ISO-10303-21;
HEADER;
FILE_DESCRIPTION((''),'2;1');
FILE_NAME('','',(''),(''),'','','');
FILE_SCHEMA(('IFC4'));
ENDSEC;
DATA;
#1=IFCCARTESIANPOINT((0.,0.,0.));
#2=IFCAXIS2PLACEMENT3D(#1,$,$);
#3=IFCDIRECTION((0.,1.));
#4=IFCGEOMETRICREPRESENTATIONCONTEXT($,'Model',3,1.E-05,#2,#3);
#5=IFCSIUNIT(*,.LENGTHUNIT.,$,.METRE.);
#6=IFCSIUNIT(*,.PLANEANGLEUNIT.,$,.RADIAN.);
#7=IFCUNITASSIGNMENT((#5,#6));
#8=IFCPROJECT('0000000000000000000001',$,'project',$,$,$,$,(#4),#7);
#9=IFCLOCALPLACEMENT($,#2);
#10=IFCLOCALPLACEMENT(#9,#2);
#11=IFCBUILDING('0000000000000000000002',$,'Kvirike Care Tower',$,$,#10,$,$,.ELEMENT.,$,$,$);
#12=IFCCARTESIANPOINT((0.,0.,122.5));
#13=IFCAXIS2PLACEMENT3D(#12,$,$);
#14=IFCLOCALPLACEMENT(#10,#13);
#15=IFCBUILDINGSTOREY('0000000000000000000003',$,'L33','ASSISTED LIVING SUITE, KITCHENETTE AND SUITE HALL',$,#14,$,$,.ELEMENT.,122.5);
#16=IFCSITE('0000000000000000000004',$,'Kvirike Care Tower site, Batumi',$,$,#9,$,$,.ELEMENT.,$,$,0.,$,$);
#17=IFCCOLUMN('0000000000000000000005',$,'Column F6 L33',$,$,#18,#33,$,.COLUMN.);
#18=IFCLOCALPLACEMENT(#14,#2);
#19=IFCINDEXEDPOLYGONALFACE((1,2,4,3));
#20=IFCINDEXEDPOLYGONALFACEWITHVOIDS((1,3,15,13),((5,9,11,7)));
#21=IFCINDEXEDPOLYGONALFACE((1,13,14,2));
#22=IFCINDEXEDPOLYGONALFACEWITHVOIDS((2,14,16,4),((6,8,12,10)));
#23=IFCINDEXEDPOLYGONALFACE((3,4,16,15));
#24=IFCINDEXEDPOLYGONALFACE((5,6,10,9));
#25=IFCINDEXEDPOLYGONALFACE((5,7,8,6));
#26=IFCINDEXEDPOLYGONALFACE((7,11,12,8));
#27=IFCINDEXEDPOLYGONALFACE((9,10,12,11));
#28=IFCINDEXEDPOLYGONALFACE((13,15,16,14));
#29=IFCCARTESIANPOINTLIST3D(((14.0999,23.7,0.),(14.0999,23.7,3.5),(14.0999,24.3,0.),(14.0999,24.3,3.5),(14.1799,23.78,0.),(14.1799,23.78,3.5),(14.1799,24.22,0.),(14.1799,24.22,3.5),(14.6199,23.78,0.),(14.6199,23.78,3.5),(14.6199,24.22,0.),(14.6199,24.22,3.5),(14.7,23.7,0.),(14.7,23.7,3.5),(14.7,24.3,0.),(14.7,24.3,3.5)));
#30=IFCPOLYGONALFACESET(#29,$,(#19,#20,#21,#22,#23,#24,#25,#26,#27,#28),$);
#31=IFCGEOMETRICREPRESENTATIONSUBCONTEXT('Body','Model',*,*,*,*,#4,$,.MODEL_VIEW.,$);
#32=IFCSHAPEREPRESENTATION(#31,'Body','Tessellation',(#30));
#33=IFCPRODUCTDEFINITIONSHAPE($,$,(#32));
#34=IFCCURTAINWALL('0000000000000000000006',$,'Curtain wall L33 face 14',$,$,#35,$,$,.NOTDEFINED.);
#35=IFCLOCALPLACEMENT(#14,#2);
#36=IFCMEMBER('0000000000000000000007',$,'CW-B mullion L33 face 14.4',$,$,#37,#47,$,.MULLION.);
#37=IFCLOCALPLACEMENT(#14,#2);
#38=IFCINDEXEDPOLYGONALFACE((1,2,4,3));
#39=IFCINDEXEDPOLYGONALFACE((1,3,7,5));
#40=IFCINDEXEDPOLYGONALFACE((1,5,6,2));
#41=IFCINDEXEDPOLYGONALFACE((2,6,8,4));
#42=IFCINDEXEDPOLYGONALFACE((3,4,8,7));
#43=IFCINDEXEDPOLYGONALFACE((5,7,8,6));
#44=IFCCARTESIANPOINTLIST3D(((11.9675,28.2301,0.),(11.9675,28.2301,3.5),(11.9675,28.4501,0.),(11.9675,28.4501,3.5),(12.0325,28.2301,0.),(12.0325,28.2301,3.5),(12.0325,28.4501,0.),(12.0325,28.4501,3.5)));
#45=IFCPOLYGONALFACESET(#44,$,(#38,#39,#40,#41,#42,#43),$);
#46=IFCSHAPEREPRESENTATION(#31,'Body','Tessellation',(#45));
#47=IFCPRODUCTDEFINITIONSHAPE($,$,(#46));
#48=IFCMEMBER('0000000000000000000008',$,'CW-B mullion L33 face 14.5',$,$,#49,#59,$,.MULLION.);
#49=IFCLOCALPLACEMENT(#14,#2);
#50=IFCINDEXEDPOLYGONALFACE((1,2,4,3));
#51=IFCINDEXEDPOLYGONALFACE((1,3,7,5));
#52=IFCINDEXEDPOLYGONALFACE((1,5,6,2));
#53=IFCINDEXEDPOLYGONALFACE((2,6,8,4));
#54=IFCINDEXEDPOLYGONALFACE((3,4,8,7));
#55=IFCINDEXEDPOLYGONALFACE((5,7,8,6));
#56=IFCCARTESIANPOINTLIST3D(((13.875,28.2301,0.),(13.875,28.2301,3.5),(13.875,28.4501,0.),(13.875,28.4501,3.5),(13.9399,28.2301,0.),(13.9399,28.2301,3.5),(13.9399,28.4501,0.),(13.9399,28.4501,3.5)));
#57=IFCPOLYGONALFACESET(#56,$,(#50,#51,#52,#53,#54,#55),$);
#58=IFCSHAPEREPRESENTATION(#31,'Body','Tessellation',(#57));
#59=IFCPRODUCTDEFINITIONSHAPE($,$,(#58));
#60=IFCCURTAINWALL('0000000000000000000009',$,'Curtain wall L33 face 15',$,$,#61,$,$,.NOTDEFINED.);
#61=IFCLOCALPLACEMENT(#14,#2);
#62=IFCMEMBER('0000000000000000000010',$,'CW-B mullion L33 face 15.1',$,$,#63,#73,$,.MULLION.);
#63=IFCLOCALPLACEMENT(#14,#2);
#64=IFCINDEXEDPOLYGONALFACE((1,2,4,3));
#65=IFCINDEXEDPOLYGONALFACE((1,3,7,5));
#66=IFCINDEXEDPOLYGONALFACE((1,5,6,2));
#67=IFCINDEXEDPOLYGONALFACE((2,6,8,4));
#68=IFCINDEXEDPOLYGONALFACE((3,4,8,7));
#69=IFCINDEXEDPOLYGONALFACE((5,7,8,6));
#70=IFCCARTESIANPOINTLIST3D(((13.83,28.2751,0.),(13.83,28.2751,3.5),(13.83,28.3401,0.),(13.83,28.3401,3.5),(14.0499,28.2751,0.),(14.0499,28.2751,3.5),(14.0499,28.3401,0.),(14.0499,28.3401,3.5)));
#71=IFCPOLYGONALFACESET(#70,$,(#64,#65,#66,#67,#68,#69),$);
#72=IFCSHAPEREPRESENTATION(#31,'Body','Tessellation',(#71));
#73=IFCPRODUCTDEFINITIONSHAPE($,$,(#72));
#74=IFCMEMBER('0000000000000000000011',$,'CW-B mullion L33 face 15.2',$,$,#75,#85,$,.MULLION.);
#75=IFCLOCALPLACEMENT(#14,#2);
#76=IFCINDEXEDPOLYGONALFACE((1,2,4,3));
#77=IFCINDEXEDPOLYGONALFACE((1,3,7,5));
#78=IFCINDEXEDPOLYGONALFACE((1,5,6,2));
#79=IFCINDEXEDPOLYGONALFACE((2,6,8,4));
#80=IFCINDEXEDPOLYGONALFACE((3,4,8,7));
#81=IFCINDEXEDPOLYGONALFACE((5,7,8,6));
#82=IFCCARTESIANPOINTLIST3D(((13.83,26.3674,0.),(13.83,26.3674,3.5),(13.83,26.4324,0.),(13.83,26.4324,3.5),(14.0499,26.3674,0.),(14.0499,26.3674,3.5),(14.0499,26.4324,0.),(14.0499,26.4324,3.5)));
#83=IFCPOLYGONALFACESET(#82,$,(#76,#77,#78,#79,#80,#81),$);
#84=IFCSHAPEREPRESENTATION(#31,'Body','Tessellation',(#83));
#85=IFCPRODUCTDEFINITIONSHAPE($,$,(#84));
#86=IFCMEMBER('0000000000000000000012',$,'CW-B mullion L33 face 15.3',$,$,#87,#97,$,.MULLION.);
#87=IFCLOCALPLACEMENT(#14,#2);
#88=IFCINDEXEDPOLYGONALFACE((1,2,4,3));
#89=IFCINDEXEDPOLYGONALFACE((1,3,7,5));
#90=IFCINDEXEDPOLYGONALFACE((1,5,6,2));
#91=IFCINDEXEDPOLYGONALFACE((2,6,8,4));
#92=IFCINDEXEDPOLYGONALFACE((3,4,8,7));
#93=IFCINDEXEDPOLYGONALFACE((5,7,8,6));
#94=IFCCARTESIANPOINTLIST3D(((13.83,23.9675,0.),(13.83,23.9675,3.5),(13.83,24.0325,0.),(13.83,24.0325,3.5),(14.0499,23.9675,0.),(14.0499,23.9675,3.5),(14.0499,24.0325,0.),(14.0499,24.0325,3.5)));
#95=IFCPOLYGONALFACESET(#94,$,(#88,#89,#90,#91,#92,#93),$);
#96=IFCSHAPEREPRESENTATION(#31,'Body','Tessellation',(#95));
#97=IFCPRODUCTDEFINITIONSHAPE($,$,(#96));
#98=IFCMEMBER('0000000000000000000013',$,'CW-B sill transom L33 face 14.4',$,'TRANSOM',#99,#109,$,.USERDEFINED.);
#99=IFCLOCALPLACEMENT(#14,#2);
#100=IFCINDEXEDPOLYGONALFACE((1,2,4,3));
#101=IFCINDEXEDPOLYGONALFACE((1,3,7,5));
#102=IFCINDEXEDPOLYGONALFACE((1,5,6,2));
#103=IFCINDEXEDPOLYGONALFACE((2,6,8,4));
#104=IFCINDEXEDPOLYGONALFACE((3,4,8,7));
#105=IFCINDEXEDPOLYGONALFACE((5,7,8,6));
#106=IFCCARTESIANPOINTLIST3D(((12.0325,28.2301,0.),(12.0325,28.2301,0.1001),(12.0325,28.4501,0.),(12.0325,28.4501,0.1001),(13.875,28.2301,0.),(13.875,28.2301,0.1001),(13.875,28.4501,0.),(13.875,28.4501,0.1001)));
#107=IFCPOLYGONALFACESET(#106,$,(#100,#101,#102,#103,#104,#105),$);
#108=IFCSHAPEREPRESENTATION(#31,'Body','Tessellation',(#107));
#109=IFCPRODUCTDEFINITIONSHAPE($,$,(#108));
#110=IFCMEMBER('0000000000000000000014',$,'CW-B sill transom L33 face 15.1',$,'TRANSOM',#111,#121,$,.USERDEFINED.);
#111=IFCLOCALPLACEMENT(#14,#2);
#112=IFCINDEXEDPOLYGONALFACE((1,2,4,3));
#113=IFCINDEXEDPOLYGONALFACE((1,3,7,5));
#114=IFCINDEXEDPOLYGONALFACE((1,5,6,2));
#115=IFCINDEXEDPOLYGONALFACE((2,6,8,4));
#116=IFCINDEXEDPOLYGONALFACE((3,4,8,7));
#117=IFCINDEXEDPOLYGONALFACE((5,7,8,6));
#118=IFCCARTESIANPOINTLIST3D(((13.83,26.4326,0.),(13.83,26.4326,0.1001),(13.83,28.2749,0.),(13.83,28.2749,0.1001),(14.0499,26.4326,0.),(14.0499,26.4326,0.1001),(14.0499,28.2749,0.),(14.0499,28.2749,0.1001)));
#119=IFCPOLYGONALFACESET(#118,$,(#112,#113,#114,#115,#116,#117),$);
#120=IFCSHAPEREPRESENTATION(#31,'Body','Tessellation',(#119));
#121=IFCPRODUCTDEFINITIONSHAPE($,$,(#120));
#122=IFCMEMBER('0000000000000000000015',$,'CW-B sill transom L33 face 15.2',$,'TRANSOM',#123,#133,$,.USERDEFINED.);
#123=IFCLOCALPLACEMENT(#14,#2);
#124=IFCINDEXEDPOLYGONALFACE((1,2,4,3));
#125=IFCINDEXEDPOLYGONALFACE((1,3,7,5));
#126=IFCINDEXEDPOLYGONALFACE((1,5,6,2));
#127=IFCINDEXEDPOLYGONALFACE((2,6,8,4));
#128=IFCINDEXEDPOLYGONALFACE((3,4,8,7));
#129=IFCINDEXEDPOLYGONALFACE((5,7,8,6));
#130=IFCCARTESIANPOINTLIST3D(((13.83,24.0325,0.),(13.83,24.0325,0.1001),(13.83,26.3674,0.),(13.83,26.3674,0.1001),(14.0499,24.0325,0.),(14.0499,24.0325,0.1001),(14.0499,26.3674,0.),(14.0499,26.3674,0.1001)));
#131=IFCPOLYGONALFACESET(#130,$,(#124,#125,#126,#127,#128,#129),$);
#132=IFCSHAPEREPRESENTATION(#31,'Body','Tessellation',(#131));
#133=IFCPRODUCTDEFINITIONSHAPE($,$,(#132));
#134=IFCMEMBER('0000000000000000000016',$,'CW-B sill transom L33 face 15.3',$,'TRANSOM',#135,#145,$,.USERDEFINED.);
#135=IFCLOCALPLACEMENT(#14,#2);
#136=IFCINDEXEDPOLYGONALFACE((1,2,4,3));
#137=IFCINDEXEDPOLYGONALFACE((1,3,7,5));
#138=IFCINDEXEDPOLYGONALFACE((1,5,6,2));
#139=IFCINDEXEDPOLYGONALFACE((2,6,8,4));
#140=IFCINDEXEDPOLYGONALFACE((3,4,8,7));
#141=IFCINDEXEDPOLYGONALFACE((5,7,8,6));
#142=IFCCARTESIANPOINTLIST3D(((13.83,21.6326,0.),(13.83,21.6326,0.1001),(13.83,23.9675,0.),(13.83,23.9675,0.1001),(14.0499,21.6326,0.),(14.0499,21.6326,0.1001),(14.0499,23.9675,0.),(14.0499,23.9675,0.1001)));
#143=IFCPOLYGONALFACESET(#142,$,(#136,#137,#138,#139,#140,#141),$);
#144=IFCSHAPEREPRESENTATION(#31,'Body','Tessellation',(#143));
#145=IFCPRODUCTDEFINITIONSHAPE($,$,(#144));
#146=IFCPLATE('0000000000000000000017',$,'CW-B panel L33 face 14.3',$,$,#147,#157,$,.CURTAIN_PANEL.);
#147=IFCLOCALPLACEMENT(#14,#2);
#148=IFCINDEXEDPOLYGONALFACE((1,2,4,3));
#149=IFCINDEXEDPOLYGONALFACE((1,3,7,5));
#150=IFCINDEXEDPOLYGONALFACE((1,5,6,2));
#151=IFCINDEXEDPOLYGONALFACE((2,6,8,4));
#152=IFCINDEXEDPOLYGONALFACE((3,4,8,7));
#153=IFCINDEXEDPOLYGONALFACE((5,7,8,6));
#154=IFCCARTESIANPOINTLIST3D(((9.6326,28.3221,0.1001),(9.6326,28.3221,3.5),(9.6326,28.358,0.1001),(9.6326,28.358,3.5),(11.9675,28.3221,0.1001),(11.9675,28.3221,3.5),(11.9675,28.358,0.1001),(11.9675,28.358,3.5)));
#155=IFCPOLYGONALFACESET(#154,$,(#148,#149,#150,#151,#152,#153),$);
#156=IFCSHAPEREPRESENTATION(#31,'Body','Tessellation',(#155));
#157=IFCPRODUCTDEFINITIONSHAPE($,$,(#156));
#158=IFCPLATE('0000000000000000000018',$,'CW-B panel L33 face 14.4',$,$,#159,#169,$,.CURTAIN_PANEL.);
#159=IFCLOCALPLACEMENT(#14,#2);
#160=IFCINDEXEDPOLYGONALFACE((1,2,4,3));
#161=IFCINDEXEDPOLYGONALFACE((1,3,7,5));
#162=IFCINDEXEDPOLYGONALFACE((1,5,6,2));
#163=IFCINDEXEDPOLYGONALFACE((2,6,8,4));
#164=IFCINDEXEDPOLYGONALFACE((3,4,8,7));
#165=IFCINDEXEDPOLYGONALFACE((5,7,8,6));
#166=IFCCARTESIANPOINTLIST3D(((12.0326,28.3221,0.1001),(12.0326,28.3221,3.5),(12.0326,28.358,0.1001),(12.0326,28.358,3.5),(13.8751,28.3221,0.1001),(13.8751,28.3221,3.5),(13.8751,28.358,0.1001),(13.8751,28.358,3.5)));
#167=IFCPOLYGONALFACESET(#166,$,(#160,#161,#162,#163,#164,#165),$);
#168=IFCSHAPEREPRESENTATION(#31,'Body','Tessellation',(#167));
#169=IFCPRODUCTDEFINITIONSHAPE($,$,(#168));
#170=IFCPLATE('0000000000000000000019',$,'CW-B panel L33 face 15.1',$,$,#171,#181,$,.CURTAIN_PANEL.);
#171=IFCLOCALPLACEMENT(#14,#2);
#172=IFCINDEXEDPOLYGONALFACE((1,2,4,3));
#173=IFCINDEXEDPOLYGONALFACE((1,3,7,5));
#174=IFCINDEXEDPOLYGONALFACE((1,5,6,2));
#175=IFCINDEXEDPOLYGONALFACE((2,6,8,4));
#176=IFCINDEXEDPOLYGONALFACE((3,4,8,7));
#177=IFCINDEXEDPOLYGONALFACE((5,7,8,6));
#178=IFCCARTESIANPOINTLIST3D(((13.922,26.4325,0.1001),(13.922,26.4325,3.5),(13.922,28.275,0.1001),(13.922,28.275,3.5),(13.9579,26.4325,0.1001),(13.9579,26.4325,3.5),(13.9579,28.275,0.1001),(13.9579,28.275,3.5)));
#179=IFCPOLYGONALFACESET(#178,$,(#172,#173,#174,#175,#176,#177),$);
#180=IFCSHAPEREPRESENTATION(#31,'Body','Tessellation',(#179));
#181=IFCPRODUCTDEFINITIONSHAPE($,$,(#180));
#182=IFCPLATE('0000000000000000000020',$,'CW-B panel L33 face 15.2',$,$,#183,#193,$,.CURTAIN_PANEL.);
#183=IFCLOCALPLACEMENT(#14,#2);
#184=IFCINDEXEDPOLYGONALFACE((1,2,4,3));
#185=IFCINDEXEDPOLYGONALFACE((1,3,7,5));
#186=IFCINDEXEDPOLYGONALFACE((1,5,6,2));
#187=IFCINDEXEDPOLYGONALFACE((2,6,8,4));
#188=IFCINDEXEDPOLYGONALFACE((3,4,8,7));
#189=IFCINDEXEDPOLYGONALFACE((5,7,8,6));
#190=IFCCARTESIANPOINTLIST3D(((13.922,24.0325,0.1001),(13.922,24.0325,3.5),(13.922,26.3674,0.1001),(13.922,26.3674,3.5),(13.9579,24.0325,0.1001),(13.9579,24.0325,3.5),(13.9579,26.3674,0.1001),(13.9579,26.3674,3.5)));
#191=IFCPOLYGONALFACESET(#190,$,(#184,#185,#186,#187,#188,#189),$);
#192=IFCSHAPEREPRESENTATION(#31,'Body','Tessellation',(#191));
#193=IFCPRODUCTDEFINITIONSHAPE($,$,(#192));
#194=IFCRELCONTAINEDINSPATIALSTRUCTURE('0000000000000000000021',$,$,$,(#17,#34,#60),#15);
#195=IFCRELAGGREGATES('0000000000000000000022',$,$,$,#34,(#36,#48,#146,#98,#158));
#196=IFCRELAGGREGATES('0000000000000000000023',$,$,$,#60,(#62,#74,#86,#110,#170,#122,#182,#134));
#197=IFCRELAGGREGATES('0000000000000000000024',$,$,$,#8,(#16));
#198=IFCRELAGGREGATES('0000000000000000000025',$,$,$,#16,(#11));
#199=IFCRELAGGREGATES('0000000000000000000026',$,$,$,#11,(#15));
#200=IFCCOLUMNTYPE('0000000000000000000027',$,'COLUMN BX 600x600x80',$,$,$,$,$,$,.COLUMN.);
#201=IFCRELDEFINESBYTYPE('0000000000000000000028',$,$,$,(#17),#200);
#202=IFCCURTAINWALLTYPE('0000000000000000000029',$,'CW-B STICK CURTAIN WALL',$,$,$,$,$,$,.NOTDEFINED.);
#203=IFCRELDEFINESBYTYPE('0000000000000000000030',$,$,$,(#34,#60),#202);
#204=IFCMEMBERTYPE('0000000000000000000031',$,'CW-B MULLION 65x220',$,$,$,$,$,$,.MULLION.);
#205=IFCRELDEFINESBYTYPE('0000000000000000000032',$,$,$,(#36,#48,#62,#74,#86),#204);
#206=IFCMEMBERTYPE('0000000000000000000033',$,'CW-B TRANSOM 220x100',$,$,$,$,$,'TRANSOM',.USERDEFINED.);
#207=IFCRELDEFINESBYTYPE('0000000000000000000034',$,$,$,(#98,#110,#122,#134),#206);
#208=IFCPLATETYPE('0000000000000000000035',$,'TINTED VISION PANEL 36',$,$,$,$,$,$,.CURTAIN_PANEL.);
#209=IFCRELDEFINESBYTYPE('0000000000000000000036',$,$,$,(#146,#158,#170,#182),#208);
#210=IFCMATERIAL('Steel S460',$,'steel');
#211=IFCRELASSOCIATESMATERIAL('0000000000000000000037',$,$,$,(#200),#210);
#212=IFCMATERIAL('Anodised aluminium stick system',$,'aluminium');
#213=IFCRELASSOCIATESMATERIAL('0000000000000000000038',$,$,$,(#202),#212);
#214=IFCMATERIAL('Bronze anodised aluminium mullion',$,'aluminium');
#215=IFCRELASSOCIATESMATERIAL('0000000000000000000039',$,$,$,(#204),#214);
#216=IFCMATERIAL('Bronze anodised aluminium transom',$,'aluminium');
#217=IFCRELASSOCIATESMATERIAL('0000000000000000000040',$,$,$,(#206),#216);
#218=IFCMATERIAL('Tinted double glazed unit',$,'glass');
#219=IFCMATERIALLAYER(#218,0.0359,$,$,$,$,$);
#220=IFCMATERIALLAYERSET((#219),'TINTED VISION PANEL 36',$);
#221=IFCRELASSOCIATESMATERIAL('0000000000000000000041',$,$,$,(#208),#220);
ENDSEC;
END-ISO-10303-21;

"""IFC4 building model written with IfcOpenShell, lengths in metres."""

from ifc_helpers import new_model, si_unit, direction, frame, origin, origin_2d, place, context, subcontext, project, spatial, rectangle, hollow_rectangle, extrude, material, layer, layer_set, material_profile, profile_set, type_object, element, aggregate, save


model = new_model("IFC4")

# Units and contexts
model_context = context("Model", 3, precision=1e-05, world=origin(), true_north=direction((0.0, 1.0)))
body_context = subcontext(model_context, "Body", "Model", "MODEL_VIEW")
ifc_project = project(units=[si_unit("LENGTHUNIT", "METRE"), si_unit("PLANEANGLEUNIT", "RADIAN")], contexts=[model_context])

# Site, building, storey
site_placement = place(None, origin())
site = spatial("IfcSite", under=ifc_project, at=site_placement, Name="Kvirike Care Tower site, Batumi", CompositionType="ELEMENT", RefElevation=0.0)
building_placement = place(site_placement, origin())
building = spatial("IfcBuilding", under=site, at=building_placement, Name="Kvirike Care Tower", CompositionType="ELEMENT")
storey_placement = place(building_placement, frame((0.0, 0.0, 122.5)))
storey = spatial("IfcBuildingStorey", under=building, at=storey_placement, Name="L33", Description="ASSISTED LIVING SUITE, KITCHENETTE AND SUITE HALL", CompositionType="ELEMENT", Elevation=122.5)

# Column
ifc_material_1 = material(Name="Steel S460", Category="steel")
ifc_material_profile_1 = material_profile(ifc_material_1, hollow_rectangle(XDim=0.6001, YDim=0.6001, WallThickness=0.0801, at=origin_2d()), Name="BX 600x600x80")
ifc_profile_set_1 = profile_set([ifc_material_profile_1], Name="Steel S460")
column_type = type_object("IfcColumnType", Name="COLUMN BX 600x600x80", PredefinedType="COLUMN", material=ifc_profile_set_1)
column_placement = place(storey_placement, frame((14.3999, 24.0, 0.0), z_axis=(0.0, 0.0, 1.0), x_axis=(1.0, 0.0, 0.0)))
element("IfcColumn", 1, at=column_placement, inside=storey, type_object=column_type, Name="Column F6 L33", PredefinedType="COLUMN", context=body_context, shape_type="SweptSolid", body=[
    extrude(hollow_rectangle(XDim=0.6001, YDim=0.6001, WallThickness=0.0801, at=origin_2d()), origin(), (0.0, 0.0, 1.0), 3.5),
])

# Curtain walls, members
ifc_material_2 = material(Name="Anodised aluminium stick system", Category="aluminium")
curtain_wall_type = type_object("IfcCurtainWallType", Name="CW-B STICK CURTAIN WALL", PredefinedType="NOTDEFINED", material=ifc_material_2)
curtain_wall_1_placement = place(storey_placement, origin())
curtain_wall_1 = element("IfcCurtainWall", 2, at=curtain_wall_1_placement, inside=storey, type_object=curtain_wall_type, Name="Curtain wall L33 face 14", PredefinedType="NOTDEFINED")
ifc_material_3 = material(Name="Bronze anodised aluminium mullion", Category="aluminium")
ifc_material_profile_2 = material_profile(ifc_material_3, rectangle(XDim=0.0649, YDim=0.22, at=origin_2d()), Name="CW-B MULLION 65x220")
ifc_profile_set_2 = profile_set([ifc_material_profile_2], Name="Bronze anodised aluminium mullion")
member_type_1 = type_object("IfcMemberType", Name="CW-B MULLION 65x220", PredefinedType="MULLION", material=ifc_profile_set_2)
member_1_placement = place(storey_placement, frame((12.0, 28.3401, 0.0), z_axis=(0.0, 0.0, 1.0), x_axis=(1.0, 0.0, 0.0)))
member_1 = element("IfcMember", 3, at=member_1_placement, type_object=member_type_1, Name="CW-B mullion L33 face 14.4", PredefinedType="MULLION", context=body_context, shape_type="SweptSolid", body=[
    extrude(rectangle(XDim=0.0649, YDim=0.22, at=origin_2d()), origin(), (0.0, 0.0, 1.0), 3.5),
])
member_2_placement = place(storey_placement, frame((13.9075, 28.3401, 0.0), z_axis=(0.0, 0.0, 1.0), x_axis=(1.0, 0.0, 0.0)))
member_2 = element("IfcMember", 4, at=member_2_placement, type_object=member_type_1, Name="CW-B mullion L33 face 14.5", PredefinedType="MULLION", context=body_context, shape_type="SweptSolid", body=[
    extrude(rectangle(XDim=0.0649, YDim=0.22, at=origin_2d()), origin(), (0.0, 0.0, 1.0), 3.5),
])
curtain_wall_2_placement = place(storey_placement, origin())
curtain_wall_2 = element("IfcCurtainWall", 5, at=curtain_wall_2_placement, inside=storey, type_object=curtain_wall_type, Name="Curtain wall L33 face 15", PredefinedType="NOTDEFINED")
member_3_placement = place(storey_placement, frame((13.9399, 28.3076, 0.0), z_axis=(0.0, 0.0, 1.0), x_axis=(0.0, -1.0, 0.0)))
member_3 = element("IfcMember", 6, at=member_3_placement, type_object=member_type_1, Name="CW-B mullion L33 face 15.1", PredefinedType="MULLION", context=body_context, shape_type="SweptSolid", body=[
    extrude(rectangle(XDim=0.0649, YDim=0.22, at=origin_2d()), origin(), (0.0, 0.0, 1.0), 3.5),
])
member_4_placement = place(storey_placement, frame((13.9399, 26.3999, 0.0), z_axis=(0.0, 0.0, 1.0), x_axis=(0.0, -1.0, 0.0)))
member_4 = element("IfcMember", 7, at=member_4_placement, type_object=member_type_1, Name="CW-B mullion L33 face 15.2", PredefinedType="MULLION", context=body_context, shape_type="SweptSolid", body=[
    extrude(rectangle(XDim=0.0649, YDim=0.22, at=origin_2d()), origin(), (0.0, 0.0, 1.0), 3.5),
])
member_5_placement = place(storey_placement, frame((13.9399, 24.0, 0.0), z_axis=(0.0, 0.0, 1.0), x_axis=(0.0, -1.0, 0.0)))
member_5 = element("IfcMember", 8, at=member_5_placement, type_object=member_type_1, Name="CW-B mullion L33 face 15.3", PredefinedType="MULLION", context=body_context, shape_type="SweptSolid", body=[
    extrude(rectangle(XDim=0.0649, YDim=0.22, at=origin_2d()), origin(), (0.0, 0.0, 1.0), 3.5),
])

# Members
ifc_material_4 = material(Name="Bronze anodised aluminium transom", Category="aluminium")
ifc_material_profile_3 = material_profile(ifc_material_4, rectangle(XDim=0.22, YDim=0.1001, at=origin_2d()), Name="CW-B TRANSOM 220x100")
ifc_profile_set_3 = profile_set([ifc_material_profile_3], Name="Bronze anodised aluminium transom")
member_type_2 = type_object("IfcMemberType", Name="CW-B TRANSOM 220x100", ElementType="TRANSOM", PredefinedType="USERDEFINED", material=ifc_profile_set_3)
member_6_placement = place(storey_placement, frame((12.0325, 28.3401, 0.05), z_axis=(1.0, 0.0, 0.0), x_axis=(0.0, 1.0, 0.0)))
member_6 = element("IfcMember", 9, at=member_6_placement, type_object=member_type_2, Name="CW-B sill transom L33 face 14.4", ObjectType="TRANSOM", PredefinedType="USERDEFINED", context=body_context, shape_type="SweptSolid", body=[
    extrude(rectangle(XDim=0.22, YDim=0.1001, at=origin_2d()), origin(), (0.0, 0.0, 1.0), 1.8425),
])
member_7_placement = place(storey_placement, frame((13.9399, 28.2749, 0.05), z_axis=(0.0, -1.0, 0.0), x_axis=(1.0, 0.0, 0.0)))
member_7 = element("IfcMember", 10, at=member_7_placement, type_object=member_type_2, Name="CW-B sill transom L33 face 15.1", ObjectType="TRANSOM", PredefinedType="USERDEFINED", context=body_context, shape_type="SweptSolid", body=[
    extrude(rectangle(XDim=0.22, YDim=0.1001, at=origin_2d()), origin(), (0.0, 0.0, 1.0), 1.8423),
])
member_8_placement = place(storey_placement, frame((13.9399, 26.3674, 0.05), z_axis=(0.0, -1.0, 0.0), x_axis=(1.0, 0.0, 0.0)))
member_8 = element("IfcMember", 11, at=member_8_placement, type_object=member_type_2, Name="CW-B sill transom L33 face 15.2", ObjectType="TRANSOM", PredefinedType="USERDEFINED", context=body_context, shape_type="SweptSolid", body=[
    extrude(rectangle(XDim=0.22, YDim=0.1001, at=origin_2d()), origin(), (0.0, 0.0, 1.0), 2.335),
])
member_9_placement = place(storey_placement, frame((13.9399, 23.9675, 0.05), z_axis=(0.0, -1.0, 0.0), x_axis=(1.0, 0.0, 0.0)))
member_9 = element("IfcMember", 12, at=member_9_placement, type_object=member_type_2, Name="CW-B sill transom L33 face 15.3", ObjectType="TRANSOM", PredefinedType="USERDEFINED", context=body_context, shape_type="SweptSolid", body=[
    extrude(rectangle(XDim=0.22, YDim=0.1001, at=origin_2d()), origin(), (0.0, 0.0, 1.0), 2.335),
])

# Plates
ifc_material_5 = material(Name="Tinted double glazed unit", Category="glass")
ifc_layer_1 = layer(ifc_material_5, 0.0359)
ifc_layer_set_1 = layer_set([ifc_layer_1], Name="TINTED VISION PANEL 36")
plate_type = type_object("IfcPlateType", Name="TINTED VISION PANEL 36", PredefinedType="CURTAIN_PANEL", material=ifc_layer_set_1)
plate_1_placement = place(storey_placement, frame((10.8, 28.3401, 0.1001), z_axis=(0.0, 0.0, 1.0), x_axis=(1.0, 0.0, 0.0)))
plate_1 = element("IfcPlate", 13, at=plate_1_placement, type_object=plate_type, Name="CW-B panel L33 face 14.3", PredefinedType="CURTAIN_PANEL", context=body_context, shape_type="SweptSolid", body=[
    extrude(rectangle(XDim=2.335, YDim=0.0359, at=origin_2d()), origin(), (0.0, 0.0, 1.0), 3.3999),
])
plate_2_placement = place(storey_placement, frame((12.9539, 28.3401, 0.1001), z_axis=(0.0, 0.0, 1.0), x_axis=(1.0, 0.0, 0.0)))
plate_2 = element("IfcPlate", 14, at=plate_2_placement, type_object=plate_type, Name="CW-B panel L33 face 14.4", PredefinedType="CURTAIN_PANEL", context=body_context, shape_type="SweptSolid", body=[
    extrude(rectangle(XDim=1.8425, YDim=0.0359, at=origin_2d()), origin(), (0.0, 0.0, 1.0), 3.3999),
])
aggregate(curtain_wall_1, [member_1, member_2, plate_1, member_6, plate_2])
plate_3_placement = place(storey_placement, frame((13.9399, 27.3538, 0.1001), z_axis=(0.0, 0.0, 1.0), x_axis=(0.0, -1.0, 0.0)))
plate_3 = element("IfcPlate", 15, at=plate_3_placement, type_object=plate_type, Name="CW-B panel L33 face 15.1", PredefinedType="CURTAIN_PANEL", context=body_context, shape_type="SweptSolid", body=[
    extrude(rectangle(XDim=1.8425, YDim=0.0359, at=origin_2d()), origin(), (0.0, 0.0, 1.0), 3.3999),
])
plate_4_placement = place(storey_placement, frame((13.9399, 25.2, 0.1001), z_axis=(0.0, 0.0, 1.0), x_axis=(0.0, -1.0, 0.0)))
plate_4 = element("IfcPlate", 16, at=plate_4_placement, type_object=plate_type, Name="CW-B panel L33 face 15.2", PredefinedType="CURTAIN_PANEL", context=body_context, shape_type="SweptSolid", body=[
    extrude(rectangle(XDim=2.335, YDim=0.0359, at=origin_2d()), origin(), (0.0, 0.0, 1.0), 3.3999),
])
aggregate(curtain_wall_2, [member_3, member_4, member_5, member_7, plate_3, member_8, plate_4, member_9])

save(model, "model.ifc")
